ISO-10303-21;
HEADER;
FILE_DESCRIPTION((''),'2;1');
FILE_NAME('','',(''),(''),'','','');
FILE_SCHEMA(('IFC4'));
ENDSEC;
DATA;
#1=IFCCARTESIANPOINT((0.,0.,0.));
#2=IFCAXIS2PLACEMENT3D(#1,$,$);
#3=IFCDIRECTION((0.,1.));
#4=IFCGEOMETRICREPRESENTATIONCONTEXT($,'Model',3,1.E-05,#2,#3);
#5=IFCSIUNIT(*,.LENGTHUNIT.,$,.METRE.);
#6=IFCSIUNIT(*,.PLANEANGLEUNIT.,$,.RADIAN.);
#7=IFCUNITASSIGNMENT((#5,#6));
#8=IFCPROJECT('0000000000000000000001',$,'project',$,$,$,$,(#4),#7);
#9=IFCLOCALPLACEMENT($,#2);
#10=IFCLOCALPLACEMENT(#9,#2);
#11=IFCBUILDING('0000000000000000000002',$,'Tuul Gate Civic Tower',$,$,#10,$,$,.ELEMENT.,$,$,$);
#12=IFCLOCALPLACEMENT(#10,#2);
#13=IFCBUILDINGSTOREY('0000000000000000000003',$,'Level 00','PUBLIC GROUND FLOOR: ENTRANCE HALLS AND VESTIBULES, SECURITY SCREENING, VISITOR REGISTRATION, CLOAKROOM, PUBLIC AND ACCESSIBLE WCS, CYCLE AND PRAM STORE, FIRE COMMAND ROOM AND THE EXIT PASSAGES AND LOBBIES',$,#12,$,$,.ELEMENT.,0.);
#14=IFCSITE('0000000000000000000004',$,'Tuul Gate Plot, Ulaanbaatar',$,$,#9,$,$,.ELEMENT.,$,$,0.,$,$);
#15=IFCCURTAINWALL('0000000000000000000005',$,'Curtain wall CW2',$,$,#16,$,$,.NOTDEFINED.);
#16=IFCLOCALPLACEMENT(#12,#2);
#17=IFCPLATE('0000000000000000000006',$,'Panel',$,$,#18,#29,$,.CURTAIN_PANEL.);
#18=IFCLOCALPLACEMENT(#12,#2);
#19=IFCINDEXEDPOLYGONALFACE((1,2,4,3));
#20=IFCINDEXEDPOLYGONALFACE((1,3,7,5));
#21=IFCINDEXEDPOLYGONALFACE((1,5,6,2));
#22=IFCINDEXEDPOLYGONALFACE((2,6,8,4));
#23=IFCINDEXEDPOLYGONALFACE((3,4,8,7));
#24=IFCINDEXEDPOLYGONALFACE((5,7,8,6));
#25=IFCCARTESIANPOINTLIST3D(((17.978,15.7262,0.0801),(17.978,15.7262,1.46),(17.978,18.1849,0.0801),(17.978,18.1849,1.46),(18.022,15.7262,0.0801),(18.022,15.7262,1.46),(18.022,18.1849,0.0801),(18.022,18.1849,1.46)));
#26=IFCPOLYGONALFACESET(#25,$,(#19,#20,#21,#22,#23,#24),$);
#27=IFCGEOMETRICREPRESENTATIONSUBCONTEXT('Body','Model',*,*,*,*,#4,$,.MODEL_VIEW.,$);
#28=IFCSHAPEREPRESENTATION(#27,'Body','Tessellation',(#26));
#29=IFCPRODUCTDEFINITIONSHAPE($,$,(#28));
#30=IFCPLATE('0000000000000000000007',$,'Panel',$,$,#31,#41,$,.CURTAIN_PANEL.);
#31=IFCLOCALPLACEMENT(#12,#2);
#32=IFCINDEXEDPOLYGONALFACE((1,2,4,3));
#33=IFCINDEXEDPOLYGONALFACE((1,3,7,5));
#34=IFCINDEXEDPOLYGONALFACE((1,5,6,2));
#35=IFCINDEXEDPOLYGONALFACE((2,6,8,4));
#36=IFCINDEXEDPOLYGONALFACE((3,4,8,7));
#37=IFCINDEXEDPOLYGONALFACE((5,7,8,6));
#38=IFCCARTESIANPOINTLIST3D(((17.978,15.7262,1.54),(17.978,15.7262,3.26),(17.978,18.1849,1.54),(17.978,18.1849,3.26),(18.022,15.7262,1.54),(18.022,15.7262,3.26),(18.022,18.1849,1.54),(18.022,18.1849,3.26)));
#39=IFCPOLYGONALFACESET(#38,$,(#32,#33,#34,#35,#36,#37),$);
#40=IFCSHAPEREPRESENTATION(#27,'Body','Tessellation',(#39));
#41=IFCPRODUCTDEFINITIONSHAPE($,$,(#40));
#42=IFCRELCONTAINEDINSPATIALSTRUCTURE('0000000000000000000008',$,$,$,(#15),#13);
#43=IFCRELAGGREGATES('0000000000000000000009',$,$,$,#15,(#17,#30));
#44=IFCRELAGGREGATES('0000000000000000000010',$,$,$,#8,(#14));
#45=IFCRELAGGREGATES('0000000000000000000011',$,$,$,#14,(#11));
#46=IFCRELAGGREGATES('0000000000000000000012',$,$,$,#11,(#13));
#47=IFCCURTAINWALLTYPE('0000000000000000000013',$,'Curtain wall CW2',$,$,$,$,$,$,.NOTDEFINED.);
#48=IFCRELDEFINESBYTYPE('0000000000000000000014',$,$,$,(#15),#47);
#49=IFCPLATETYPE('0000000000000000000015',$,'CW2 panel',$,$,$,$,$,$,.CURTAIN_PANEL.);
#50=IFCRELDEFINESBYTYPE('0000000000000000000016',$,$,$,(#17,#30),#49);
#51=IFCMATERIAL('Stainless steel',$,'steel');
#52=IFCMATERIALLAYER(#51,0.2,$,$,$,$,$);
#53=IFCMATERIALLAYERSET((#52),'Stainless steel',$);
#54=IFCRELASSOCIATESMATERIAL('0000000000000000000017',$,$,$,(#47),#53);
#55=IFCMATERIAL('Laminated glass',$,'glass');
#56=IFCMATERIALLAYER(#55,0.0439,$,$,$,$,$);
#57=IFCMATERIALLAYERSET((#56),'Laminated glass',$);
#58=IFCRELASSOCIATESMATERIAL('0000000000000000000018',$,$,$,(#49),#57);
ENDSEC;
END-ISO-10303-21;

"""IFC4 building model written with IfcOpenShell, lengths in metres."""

from ifc_helpers import new_model, si_unit, direction, frame, origin, origin_2d, place, context, subcontext, project, spatial, rectangle, extrude, material, layer, layer_set, type_object, element, aggregate, save


model = new_model("IFC4")

# Units and contexts
model_context = context("Model", 3, precision=1e-05, world=origin(), true_north=direction((0.0, 1.0)))
body_context = subcontext(model_context, "Body", "Model", "MODEL_VIEW")
ifc_project = project(units=[si_unit("LENGTHUNIT", "METRE"), si_unit("PLANEANGLEUNIT", "RADIAN")], contexts=[model_context])

# Site, building, storey
site_placement = place(None, origin())
site = spatial("IfcSite", under=ifc_project, at=site_placement, Name="Tuul Gate Plot, Ulaanbaatar", CompositionType="ELEMENT", RefElevation=0.0)
building_placement = place(site_placement, origin())
building = spatial("IfcBuilding", under=site, at=building_placement, Name="Tuul Gate Civic Tower", CompositionType="ELEMENT")
storey_placement = place(building_placement, origin())
storey = spatial("IfcBuildingStorey", under=building, at=storey_placement, Name="Level 00", Description="PUBLIC GROUND FLOOR: ENTRANCE HALLS AND VESTIBULES, SECURITY SCREENING, VISITOR REGISTRATION, CLOAKROOM, PUBLIC AND ACCESSIBLE WCS, CYCLE AND PRAM STORE, FIRE COMMAND ROOM AND THE EXIT PASSAGES AND LOBBIES", CompositionType="ELEMENT", Elevation=0.0)

# Shared definitions
ifc_material_1 = material(Name="Stainless steel", Category="steel")
ifc_layer_1 = layer(ifc_material_1, 0.2)
ifc_layer_set_1 = layer_set([ifc_layer_1], Name="Stainless steel")
curtain_wall_type = type_object("IfcCurtainWallType", Name="Curtain wall CW2", PredefinedType="NOTDEFINED", material=ifc_layer_set_1)

# Curtain wall
curtain_wall_1_placement = place(storey_placement, origin())
curtain_wall_1 = element("IfcCurtainWall", 1, at=curtain_wall_1_placement, inside=storey, type_object=curtain_wall_type, Name="Curtain wall CW2", PredefinedType="NOTDEFINED")

# Plates
ifc_material_2 = material(Name="Laminated glass", Category="glass")
ifc_layer_2 = layer(ifc_material_2, 0.0439)
ifc_layer_set_2 = layer_set([ifc_layer_2], Name="Laminated glass")
plate_type = type_object("IfcPlateType", Name="CW2 panel", PredefinedType="CURTAIN_PANEL", material=ifc_layer_set_2)
plate_1_placement = place(storey_placement, frame((18.0, 16.9556, 0.0801), z_axis=(0.0, 0.0, 1.0), x_axis=(0.0, 1.0, 0.0)))
plate_1 = element("IfcPlate", 2, at=plate_1_placement, type_object=plate_type, Name="Panel", PredefinedType="CURTAIN_PANEL", context=body_context, shape_type="SweptSolid", body=[
    extrude(rectangle(XDim=2.4587, YDim=0.0439, at=origin_2d()), origin(), (0.0, 0.0, 1.0), 1.3799),
])
plate_2_placement = place(storey_placement, frame((18.0, 16.9556, 1.54), z_axis=(0.0, 0.0, 1.0), x_axis=(0.0, 1.0, 0.0)))
plate_2 = element("IfcPlate", 3, at=plate_2_placement, type_object=plate_type, Name="Panel", PredefinedType="CURTAIN_PANEL", context=body_context, shape_type="SweptSolid", body=[
    extrude(rectangle(XDim=2.4587, YDim=0.0439, at=origin_2d()), origin(), (0.0, 0.0, 1.0), 1.72),
])
aggregate(curtain_wall_1, [plate_1, plate_2])

save(model, "model.ifc")
